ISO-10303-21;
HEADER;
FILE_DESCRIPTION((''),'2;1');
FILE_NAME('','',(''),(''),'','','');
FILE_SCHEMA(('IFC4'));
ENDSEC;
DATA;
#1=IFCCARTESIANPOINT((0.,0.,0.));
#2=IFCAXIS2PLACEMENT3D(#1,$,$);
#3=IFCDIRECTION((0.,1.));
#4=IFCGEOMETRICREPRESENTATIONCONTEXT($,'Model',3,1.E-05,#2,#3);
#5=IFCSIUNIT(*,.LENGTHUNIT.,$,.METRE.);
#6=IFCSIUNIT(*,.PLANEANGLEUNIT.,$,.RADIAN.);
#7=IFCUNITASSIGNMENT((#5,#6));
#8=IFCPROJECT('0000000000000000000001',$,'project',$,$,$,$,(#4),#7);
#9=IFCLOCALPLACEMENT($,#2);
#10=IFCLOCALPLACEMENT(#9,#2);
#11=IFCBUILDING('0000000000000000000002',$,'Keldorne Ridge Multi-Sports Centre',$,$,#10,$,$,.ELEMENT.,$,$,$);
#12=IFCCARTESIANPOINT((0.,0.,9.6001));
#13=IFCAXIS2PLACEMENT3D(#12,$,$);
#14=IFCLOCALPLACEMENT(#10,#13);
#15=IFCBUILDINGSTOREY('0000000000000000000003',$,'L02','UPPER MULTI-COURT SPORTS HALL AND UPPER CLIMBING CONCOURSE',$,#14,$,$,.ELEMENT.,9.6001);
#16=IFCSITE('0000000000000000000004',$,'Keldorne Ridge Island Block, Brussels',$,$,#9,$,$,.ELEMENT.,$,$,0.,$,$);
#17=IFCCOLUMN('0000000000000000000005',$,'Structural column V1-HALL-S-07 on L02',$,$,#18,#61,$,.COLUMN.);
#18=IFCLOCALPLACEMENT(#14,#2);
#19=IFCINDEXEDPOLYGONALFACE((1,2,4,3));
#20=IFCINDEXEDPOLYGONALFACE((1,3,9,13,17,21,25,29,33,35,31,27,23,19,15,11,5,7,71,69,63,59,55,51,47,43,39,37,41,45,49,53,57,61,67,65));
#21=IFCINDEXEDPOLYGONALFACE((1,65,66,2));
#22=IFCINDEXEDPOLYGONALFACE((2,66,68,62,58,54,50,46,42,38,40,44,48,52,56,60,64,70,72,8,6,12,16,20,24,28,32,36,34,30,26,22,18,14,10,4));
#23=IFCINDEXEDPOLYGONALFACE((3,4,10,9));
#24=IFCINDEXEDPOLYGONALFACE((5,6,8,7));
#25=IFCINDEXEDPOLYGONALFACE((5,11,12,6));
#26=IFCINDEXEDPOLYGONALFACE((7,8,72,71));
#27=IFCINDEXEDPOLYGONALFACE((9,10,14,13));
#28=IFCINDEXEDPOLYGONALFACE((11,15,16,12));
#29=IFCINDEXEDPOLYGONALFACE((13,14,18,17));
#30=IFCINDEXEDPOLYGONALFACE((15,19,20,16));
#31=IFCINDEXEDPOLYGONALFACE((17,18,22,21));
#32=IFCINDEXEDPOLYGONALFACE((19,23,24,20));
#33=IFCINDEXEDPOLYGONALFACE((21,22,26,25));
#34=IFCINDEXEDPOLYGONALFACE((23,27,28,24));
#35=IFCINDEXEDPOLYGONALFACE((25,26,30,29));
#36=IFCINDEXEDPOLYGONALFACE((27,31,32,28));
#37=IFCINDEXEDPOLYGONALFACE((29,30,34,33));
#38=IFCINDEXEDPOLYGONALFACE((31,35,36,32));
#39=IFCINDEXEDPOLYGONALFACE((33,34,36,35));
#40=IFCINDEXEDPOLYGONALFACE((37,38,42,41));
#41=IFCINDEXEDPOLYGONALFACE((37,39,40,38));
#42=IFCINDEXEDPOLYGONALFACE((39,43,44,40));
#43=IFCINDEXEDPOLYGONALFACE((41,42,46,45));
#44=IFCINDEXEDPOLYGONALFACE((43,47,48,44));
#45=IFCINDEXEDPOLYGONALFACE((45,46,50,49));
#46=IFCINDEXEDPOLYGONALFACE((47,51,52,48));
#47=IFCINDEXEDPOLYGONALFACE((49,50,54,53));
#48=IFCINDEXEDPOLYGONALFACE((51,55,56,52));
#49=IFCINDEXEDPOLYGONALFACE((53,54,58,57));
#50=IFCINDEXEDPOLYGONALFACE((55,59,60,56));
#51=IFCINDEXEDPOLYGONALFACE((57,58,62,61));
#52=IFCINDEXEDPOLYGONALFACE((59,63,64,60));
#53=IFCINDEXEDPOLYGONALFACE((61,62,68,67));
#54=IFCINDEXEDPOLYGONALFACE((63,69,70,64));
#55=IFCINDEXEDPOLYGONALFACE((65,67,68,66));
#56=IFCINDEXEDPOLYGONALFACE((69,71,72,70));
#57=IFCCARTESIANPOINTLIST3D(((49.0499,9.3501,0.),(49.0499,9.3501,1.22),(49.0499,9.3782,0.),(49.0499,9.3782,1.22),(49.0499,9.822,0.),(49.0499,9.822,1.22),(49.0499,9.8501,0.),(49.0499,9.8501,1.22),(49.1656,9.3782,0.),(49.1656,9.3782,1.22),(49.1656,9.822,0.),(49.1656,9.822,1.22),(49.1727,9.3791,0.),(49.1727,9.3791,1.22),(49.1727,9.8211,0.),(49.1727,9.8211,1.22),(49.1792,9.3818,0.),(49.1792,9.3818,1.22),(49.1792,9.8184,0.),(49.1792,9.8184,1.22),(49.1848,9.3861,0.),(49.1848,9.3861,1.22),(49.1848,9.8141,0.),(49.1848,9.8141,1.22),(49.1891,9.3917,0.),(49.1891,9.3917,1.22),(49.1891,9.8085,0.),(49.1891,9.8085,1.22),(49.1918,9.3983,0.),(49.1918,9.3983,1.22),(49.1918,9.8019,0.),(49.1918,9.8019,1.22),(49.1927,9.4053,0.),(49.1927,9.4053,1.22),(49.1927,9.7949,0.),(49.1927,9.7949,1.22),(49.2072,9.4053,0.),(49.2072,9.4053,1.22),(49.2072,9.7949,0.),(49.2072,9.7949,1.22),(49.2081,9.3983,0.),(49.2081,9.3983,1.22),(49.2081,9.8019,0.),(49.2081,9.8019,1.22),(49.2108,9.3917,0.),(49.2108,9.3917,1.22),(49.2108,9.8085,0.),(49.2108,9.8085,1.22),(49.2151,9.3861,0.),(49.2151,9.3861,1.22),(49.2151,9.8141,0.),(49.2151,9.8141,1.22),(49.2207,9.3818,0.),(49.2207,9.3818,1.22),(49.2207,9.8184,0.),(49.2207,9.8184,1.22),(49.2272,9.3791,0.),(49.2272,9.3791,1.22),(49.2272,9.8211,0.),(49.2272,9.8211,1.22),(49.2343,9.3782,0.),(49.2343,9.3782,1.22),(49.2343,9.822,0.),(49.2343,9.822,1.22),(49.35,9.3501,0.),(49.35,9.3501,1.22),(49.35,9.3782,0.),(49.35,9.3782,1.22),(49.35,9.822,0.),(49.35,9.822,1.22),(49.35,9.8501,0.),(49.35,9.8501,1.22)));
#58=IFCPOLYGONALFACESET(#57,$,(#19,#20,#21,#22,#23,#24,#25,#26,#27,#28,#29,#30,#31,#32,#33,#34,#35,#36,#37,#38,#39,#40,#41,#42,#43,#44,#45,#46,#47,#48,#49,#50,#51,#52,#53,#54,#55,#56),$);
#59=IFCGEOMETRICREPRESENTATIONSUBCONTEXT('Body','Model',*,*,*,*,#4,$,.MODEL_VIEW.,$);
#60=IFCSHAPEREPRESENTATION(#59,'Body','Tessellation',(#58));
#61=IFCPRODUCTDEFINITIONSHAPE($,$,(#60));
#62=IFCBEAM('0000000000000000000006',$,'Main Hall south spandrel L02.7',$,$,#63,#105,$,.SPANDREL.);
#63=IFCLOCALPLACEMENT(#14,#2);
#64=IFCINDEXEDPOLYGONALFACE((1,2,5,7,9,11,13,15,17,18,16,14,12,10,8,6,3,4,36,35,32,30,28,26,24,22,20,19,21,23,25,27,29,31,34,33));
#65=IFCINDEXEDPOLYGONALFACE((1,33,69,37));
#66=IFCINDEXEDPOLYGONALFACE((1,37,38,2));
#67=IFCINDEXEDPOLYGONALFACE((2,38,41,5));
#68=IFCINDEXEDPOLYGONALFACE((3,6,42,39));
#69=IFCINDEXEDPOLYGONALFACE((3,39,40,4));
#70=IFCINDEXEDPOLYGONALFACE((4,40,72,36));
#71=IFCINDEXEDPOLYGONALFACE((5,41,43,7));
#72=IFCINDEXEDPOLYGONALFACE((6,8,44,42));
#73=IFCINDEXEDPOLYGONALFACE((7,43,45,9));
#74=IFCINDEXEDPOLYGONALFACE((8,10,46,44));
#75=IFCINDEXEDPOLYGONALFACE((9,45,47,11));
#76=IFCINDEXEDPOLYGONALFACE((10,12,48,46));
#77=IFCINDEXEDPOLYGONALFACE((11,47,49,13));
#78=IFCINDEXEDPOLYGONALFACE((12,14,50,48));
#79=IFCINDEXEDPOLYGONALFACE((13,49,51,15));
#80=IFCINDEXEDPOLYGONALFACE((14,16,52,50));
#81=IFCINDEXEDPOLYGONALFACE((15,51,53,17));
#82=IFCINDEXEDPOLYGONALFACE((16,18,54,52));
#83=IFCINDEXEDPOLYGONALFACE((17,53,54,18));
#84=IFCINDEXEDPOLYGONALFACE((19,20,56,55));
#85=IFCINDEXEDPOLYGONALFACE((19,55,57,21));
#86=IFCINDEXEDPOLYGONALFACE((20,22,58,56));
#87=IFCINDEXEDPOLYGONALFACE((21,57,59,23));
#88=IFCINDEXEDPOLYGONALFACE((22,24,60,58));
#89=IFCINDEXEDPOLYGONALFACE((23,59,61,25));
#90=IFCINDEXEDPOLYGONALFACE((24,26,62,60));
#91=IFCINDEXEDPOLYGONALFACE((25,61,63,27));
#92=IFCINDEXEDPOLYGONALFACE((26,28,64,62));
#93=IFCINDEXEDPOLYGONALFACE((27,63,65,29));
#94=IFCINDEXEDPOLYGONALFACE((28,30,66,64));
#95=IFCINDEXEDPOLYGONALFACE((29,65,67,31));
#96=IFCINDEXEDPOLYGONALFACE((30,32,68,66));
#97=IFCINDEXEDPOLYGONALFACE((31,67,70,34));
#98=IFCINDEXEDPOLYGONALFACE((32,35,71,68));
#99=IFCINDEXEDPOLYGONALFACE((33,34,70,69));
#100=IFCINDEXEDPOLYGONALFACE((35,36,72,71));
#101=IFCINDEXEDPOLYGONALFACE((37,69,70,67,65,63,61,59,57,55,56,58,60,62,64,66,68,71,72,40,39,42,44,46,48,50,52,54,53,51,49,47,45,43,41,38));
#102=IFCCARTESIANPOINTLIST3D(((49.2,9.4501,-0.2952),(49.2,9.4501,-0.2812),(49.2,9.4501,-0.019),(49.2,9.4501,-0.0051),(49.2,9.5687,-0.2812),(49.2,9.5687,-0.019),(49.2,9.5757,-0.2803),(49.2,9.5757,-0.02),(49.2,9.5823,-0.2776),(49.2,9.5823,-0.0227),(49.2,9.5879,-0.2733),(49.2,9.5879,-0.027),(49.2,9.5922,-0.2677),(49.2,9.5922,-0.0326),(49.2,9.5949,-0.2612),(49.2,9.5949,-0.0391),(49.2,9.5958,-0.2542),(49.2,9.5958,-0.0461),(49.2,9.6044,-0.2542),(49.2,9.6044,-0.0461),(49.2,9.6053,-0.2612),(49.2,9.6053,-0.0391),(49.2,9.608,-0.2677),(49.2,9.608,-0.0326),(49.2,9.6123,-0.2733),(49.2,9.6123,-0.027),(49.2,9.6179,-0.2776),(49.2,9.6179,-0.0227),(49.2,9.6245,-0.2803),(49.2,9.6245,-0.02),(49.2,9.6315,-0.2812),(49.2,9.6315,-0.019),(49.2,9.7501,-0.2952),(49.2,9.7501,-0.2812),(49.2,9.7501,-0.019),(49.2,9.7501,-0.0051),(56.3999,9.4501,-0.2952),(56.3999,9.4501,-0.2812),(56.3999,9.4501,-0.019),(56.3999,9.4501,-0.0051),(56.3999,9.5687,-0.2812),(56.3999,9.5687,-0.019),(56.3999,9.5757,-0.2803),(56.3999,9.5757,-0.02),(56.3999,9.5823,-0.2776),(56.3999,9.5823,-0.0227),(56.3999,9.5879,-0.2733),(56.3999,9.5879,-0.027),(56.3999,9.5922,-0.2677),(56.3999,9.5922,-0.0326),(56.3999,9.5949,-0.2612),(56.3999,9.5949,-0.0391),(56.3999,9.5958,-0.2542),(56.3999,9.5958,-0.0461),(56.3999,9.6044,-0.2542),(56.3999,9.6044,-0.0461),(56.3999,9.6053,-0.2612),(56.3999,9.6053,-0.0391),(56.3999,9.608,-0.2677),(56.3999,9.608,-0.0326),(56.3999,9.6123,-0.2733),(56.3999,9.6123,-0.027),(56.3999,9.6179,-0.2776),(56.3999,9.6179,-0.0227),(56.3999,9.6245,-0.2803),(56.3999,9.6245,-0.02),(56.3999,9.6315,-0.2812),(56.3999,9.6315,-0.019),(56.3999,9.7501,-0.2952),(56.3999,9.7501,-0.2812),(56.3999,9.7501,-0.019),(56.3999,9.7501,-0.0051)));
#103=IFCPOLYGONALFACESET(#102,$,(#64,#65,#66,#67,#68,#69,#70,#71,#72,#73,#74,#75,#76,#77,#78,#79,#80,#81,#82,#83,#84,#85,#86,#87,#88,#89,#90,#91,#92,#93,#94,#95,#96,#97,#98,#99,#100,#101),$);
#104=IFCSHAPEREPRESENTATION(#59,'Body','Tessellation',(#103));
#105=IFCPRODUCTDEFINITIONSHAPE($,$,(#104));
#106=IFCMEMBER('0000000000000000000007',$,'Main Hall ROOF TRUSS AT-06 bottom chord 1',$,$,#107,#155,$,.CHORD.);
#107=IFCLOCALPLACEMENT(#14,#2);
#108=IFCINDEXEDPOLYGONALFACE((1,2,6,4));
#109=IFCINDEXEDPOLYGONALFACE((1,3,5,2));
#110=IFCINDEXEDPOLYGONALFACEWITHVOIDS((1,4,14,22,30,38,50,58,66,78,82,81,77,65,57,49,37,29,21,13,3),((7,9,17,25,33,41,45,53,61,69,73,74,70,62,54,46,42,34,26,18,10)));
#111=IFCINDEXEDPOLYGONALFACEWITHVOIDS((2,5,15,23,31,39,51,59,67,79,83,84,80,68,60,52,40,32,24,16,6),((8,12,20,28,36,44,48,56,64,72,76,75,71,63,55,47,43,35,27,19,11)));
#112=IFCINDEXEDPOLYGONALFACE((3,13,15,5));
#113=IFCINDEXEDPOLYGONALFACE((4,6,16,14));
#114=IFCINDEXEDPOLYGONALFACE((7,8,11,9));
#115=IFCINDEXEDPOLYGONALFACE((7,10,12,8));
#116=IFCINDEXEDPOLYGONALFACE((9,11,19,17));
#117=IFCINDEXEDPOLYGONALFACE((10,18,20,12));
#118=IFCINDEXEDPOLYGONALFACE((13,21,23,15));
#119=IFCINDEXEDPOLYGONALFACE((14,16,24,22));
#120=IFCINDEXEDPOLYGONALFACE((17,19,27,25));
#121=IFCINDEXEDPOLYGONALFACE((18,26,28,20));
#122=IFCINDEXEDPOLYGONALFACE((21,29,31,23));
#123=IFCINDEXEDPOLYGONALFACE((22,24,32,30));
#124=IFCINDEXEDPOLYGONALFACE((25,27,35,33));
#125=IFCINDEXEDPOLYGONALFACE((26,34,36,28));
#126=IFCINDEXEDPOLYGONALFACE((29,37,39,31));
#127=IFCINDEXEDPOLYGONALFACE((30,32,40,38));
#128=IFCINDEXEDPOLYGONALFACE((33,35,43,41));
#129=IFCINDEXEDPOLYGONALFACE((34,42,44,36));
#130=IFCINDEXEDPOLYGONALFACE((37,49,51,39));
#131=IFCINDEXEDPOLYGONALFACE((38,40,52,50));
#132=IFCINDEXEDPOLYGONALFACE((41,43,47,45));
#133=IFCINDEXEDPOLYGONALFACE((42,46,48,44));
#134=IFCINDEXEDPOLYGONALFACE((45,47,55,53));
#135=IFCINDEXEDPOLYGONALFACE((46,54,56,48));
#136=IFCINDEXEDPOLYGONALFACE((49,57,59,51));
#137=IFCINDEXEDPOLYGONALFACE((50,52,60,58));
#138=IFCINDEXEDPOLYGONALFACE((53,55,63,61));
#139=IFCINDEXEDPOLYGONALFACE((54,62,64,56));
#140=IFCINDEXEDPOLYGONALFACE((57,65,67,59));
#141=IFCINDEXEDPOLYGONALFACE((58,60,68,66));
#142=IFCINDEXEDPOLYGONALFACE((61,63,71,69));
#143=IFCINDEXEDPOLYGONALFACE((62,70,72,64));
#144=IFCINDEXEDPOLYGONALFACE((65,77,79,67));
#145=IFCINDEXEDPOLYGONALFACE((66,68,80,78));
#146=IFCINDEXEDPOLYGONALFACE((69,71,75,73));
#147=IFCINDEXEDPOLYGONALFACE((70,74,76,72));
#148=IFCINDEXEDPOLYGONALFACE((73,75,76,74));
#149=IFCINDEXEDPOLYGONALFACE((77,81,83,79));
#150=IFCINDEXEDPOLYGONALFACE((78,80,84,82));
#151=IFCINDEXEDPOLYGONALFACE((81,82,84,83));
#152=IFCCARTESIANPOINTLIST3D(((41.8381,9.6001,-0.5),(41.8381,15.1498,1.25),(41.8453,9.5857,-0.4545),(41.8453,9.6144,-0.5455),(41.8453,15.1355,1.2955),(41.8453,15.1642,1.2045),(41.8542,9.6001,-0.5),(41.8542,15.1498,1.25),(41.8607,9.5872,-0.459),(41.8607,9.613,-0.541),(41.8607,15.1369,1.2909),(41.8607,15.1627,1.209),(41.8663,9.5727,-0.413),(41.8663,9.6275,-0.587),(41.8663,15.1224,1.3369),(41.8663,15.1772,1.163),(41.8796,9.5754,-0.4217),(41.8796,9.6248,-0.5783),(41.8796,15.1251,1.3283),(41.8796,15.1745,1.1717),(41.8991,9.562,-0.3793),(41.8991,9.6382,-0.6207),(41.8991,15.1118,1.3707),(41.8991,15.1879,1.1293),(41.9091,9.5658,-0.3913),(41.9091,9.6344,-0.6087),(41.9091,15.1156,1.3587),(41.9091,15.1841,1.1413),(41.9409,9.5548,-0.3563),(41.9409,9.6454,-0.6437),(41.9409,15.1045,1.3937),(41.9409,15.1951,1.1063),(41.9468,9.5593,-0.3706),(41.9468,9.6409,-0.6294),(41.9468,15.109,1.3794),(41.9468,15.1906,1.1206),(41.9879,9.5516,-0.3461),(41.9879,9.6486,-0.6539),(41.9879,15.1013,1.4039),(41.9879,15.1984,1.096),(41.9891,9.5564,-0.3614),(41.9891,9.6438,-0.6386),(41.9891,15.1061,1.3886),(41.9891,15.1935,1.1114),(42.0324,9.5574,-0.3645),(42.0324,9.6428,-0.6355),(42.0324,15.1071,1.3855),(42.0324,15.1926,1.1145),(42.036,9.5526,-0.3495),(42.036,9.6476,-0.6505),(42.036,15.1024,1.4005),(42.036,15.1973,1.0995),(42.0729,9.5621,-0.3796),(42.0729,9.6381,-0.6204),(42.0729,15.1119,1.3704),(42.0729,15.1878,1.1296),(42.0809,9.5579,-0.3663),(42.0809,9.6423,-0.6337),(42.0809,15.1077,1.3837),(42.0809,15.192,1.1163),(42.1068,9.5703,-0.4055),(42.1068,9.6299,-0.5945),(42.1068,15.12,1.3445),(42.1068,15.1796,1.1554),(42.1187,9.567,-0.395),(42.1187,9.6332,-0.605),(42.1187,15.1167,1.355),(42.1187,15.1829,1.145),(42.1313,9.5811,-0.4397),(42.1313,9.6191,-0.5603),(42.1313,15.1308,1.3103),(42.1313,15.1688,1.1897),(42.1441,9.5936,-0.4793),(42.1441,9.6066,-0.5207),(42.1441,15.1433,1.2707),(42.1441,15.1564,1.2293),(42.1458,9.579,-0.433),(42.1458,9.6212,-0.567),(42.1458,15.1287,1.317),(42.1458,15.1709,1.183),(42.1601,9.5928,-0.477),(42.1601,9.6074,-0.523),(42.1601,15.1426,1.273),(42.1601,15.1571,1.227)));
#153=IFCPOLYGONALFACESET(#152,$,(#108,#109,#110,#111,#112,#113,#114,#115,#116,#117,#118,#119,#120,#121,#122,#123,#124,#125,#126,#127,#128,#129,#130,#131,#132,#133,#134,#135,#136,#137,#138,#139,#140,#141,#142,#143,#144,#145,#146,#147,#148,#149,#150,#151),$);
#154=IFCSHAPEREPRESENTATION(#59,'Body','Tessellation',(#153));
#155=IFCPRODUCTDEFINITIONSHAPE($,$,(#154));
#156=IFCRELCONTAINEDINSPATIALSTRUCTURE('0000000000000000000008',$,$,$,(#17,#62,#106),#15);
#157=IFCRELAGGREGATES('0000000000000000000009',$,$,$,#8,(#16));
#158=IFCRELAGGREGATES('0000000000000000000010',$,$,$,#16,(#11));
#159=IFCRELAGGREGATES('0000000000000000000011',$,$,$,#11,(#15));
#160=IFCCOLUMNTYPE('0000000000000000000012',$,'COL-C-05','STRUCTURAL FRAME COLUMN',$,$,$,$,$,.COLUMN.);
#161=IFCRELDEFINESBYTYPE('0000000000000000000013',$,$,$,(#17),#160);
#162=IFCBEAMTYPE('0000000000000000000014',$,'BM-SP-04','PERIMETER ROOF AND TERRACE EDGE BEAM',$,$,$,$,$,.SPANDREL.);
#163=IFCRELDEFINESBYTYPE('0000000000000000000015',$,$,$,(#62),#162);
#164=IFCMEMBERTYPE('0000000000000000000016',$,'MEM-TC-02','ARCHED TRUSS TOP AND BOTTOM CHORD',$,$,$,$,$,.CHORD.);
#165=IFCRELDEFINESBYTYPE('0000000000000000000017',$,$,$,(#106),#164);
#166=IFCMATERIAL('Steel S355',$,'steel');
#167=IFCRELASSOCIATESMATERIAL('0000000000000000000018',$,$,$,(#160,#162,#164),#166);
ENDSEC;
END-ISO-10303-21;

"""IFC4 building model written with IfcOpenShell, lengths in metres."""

from ifc_helpers import new_model, si_unit, direction, frame, origin, origin_2d, place, context, subcontext, project, spatial, hollow_circle, i_section, extrude, material, material_profile, profile_set, type_object, element, save


model = new_model("IFC4")

# Units and contexts
model_context = context("Model", 3, precision=1e-05, world=origin(), true_north=direction((0.0, 1.0)))
body_context = subcontext(model_context, "Body", "Model", "MODEL_VIEW")
ifc_project = project(units=[si_unit("LENGTHUNIT", "METRE"), si_unit("PLANEANGLEUNIT", "RADIAN")], contexts=[model_context])

# Site, building, storey
site_placement = place(None, origin())
site = spatial("IfcSite", under=ifc_project, at=site_placement, Name="Keldorne Ridge Island Block, Brussels", CompositionType="ELEMENT", RefElevation=0.0)
building_placement = place(site_placement, origin())
building = spatial("IfcBuilding", under=site, at=building_placement, Name="Keldorne Ridge Multi-Sports Centre", CompositionType="ELEMENT")
storey_placement = place(building_placement, frame((0.0, 0.0, 9.6001)))
storey = spatial("IfcBuildingStorey", under=building, at=storey_placement, Name="L02", Description="UPPER MULTI-COURT SPORTS HALL AND UPPER CLIMBING CONCOURSE", CompositionType="ELEMENT", Elevation=9.6001)

# Column
ifc_material = material(Name="Steel S355", Category="steel")
ifc_material_profile_1 = material_profile(ifc_material, i_section(OverallWidth=0.3, OverallDepth=0.5, WebThickness=0.0144, FlangeThickness=0.0281, FilletRadius=0.0271, at=origin_2d()), Name="HEB 500")
ifc_profile_set_1 = profile_set([ifc_material_profile_1], Name="Steel S355")
column_type = type_object("IfcColumnType", Name="COL-C-05", Description="STRUCTURAL FRAME COLUMN", PredefinedType="COLUMN", material=ifc_profile_set_1)
column_placement = place(storey_placement, frame((49.2, 9.6001, 0.0), z_axis=(0.0, 0.0, 1.0), x_axis=(1.0, 0.0, 0.0)))
element("IfcColumn", 1, at=column_placement, inside=storey, type_object=column_type, Name="Structural column V1-HALL-S-07 on L02", PredefinedType="COLUMN", context=body_context, shape_type="SweptSolid", body=[
    extrude(i_section(OverallWidth=0.3, OverallDepth=0.5, WebThickness=0.0144, FlangeThickness=0.0281, FilletRadius=0.0271, at=origin_2d()), origin(), (0.0, 0.0, 1.0), 1.22),
])

# Beam
ifc_material_profile_2 = material_profile(ifc_material, i_section(OverallWidth=0.3, OverallDepth=0.29, WebThickness=0.0085, FlangeThickness=0.0139, FilletRadius=0.0271, at=origin_2d()), Name="HEA 300")
ifc_profile_set_2 = profile_set([ifc_material_profile_2], Name="Steel S355")
beam_type = type_object("IfcBeamType", Name="BM-SP-04", Description="PERIMETER ROOF AND TERRACE EDGE BEAM", PredefinedType="SPANDREL", material=ifc_profile_set_2)
beam_placement = place(storey_placement, frame((49.2, 9.6001, -0.1501), z_axis=(1.0, 0.0, 0.0), x_axis=(0.0, 1.0, 0.0)))
element("IfcBeam", 2, at=beam_placement, inside=storey, type_object=beam_type, Name="Main Hall south spandrel L02.7", PredefinedType="SPANDREL", context=body_context, shape_type="SweptSolid", body=[
    extrude(i_section(OverallWidth=0.3, OverallDepth=0.29, WebThickness=0.0085, FlangeThickness=0.0139, FilletRadius=0.0271, at=origin_2d()), origin(), (0.0, 0.0, 1.0), 7.2),
])

# Member
ifc_material_profile_3 = material_profile(ifc_material, hollow_circle(Radius=0.1619, WallThickness=0.0161, at=origin_2d()), Name="CHS 323.9x16")
ifc_profile_set_3 = profile_set([ifc_material_profile_3], Name="Steel S355")
member_type_1 = type_object("IfcMemberType", Name="MEM-TC-02", Description="ARCHED TRUSS TOP AND BOTTOM CHORD", PredefinedType="CHORD", material=ifc_profile_set_3)
member_1_placement = place(storey_placement, frame((42.0, 9.6001, -0.5), z_axis=(0.0, 0.953709, 0.30073), x_axis=(-1.0, 0.0, 0.0)))
element("IfcMember", 3, at=member_1_placement, inside=storey, type_object=member_type_1, Name="Main Hall ROOF TRUSS AT-06 bottom chord 1", PredefinedType="CHORD", context=body_context, shape_type="SweptSolid", body=[
    extrude(hollow_circle(Radius=0.1619, WallThickness=0.0161, at=origin_2d()), origin(), (0.0, 0.0, 1.0), 5.8191),
])

save(model, "model.ifc")
